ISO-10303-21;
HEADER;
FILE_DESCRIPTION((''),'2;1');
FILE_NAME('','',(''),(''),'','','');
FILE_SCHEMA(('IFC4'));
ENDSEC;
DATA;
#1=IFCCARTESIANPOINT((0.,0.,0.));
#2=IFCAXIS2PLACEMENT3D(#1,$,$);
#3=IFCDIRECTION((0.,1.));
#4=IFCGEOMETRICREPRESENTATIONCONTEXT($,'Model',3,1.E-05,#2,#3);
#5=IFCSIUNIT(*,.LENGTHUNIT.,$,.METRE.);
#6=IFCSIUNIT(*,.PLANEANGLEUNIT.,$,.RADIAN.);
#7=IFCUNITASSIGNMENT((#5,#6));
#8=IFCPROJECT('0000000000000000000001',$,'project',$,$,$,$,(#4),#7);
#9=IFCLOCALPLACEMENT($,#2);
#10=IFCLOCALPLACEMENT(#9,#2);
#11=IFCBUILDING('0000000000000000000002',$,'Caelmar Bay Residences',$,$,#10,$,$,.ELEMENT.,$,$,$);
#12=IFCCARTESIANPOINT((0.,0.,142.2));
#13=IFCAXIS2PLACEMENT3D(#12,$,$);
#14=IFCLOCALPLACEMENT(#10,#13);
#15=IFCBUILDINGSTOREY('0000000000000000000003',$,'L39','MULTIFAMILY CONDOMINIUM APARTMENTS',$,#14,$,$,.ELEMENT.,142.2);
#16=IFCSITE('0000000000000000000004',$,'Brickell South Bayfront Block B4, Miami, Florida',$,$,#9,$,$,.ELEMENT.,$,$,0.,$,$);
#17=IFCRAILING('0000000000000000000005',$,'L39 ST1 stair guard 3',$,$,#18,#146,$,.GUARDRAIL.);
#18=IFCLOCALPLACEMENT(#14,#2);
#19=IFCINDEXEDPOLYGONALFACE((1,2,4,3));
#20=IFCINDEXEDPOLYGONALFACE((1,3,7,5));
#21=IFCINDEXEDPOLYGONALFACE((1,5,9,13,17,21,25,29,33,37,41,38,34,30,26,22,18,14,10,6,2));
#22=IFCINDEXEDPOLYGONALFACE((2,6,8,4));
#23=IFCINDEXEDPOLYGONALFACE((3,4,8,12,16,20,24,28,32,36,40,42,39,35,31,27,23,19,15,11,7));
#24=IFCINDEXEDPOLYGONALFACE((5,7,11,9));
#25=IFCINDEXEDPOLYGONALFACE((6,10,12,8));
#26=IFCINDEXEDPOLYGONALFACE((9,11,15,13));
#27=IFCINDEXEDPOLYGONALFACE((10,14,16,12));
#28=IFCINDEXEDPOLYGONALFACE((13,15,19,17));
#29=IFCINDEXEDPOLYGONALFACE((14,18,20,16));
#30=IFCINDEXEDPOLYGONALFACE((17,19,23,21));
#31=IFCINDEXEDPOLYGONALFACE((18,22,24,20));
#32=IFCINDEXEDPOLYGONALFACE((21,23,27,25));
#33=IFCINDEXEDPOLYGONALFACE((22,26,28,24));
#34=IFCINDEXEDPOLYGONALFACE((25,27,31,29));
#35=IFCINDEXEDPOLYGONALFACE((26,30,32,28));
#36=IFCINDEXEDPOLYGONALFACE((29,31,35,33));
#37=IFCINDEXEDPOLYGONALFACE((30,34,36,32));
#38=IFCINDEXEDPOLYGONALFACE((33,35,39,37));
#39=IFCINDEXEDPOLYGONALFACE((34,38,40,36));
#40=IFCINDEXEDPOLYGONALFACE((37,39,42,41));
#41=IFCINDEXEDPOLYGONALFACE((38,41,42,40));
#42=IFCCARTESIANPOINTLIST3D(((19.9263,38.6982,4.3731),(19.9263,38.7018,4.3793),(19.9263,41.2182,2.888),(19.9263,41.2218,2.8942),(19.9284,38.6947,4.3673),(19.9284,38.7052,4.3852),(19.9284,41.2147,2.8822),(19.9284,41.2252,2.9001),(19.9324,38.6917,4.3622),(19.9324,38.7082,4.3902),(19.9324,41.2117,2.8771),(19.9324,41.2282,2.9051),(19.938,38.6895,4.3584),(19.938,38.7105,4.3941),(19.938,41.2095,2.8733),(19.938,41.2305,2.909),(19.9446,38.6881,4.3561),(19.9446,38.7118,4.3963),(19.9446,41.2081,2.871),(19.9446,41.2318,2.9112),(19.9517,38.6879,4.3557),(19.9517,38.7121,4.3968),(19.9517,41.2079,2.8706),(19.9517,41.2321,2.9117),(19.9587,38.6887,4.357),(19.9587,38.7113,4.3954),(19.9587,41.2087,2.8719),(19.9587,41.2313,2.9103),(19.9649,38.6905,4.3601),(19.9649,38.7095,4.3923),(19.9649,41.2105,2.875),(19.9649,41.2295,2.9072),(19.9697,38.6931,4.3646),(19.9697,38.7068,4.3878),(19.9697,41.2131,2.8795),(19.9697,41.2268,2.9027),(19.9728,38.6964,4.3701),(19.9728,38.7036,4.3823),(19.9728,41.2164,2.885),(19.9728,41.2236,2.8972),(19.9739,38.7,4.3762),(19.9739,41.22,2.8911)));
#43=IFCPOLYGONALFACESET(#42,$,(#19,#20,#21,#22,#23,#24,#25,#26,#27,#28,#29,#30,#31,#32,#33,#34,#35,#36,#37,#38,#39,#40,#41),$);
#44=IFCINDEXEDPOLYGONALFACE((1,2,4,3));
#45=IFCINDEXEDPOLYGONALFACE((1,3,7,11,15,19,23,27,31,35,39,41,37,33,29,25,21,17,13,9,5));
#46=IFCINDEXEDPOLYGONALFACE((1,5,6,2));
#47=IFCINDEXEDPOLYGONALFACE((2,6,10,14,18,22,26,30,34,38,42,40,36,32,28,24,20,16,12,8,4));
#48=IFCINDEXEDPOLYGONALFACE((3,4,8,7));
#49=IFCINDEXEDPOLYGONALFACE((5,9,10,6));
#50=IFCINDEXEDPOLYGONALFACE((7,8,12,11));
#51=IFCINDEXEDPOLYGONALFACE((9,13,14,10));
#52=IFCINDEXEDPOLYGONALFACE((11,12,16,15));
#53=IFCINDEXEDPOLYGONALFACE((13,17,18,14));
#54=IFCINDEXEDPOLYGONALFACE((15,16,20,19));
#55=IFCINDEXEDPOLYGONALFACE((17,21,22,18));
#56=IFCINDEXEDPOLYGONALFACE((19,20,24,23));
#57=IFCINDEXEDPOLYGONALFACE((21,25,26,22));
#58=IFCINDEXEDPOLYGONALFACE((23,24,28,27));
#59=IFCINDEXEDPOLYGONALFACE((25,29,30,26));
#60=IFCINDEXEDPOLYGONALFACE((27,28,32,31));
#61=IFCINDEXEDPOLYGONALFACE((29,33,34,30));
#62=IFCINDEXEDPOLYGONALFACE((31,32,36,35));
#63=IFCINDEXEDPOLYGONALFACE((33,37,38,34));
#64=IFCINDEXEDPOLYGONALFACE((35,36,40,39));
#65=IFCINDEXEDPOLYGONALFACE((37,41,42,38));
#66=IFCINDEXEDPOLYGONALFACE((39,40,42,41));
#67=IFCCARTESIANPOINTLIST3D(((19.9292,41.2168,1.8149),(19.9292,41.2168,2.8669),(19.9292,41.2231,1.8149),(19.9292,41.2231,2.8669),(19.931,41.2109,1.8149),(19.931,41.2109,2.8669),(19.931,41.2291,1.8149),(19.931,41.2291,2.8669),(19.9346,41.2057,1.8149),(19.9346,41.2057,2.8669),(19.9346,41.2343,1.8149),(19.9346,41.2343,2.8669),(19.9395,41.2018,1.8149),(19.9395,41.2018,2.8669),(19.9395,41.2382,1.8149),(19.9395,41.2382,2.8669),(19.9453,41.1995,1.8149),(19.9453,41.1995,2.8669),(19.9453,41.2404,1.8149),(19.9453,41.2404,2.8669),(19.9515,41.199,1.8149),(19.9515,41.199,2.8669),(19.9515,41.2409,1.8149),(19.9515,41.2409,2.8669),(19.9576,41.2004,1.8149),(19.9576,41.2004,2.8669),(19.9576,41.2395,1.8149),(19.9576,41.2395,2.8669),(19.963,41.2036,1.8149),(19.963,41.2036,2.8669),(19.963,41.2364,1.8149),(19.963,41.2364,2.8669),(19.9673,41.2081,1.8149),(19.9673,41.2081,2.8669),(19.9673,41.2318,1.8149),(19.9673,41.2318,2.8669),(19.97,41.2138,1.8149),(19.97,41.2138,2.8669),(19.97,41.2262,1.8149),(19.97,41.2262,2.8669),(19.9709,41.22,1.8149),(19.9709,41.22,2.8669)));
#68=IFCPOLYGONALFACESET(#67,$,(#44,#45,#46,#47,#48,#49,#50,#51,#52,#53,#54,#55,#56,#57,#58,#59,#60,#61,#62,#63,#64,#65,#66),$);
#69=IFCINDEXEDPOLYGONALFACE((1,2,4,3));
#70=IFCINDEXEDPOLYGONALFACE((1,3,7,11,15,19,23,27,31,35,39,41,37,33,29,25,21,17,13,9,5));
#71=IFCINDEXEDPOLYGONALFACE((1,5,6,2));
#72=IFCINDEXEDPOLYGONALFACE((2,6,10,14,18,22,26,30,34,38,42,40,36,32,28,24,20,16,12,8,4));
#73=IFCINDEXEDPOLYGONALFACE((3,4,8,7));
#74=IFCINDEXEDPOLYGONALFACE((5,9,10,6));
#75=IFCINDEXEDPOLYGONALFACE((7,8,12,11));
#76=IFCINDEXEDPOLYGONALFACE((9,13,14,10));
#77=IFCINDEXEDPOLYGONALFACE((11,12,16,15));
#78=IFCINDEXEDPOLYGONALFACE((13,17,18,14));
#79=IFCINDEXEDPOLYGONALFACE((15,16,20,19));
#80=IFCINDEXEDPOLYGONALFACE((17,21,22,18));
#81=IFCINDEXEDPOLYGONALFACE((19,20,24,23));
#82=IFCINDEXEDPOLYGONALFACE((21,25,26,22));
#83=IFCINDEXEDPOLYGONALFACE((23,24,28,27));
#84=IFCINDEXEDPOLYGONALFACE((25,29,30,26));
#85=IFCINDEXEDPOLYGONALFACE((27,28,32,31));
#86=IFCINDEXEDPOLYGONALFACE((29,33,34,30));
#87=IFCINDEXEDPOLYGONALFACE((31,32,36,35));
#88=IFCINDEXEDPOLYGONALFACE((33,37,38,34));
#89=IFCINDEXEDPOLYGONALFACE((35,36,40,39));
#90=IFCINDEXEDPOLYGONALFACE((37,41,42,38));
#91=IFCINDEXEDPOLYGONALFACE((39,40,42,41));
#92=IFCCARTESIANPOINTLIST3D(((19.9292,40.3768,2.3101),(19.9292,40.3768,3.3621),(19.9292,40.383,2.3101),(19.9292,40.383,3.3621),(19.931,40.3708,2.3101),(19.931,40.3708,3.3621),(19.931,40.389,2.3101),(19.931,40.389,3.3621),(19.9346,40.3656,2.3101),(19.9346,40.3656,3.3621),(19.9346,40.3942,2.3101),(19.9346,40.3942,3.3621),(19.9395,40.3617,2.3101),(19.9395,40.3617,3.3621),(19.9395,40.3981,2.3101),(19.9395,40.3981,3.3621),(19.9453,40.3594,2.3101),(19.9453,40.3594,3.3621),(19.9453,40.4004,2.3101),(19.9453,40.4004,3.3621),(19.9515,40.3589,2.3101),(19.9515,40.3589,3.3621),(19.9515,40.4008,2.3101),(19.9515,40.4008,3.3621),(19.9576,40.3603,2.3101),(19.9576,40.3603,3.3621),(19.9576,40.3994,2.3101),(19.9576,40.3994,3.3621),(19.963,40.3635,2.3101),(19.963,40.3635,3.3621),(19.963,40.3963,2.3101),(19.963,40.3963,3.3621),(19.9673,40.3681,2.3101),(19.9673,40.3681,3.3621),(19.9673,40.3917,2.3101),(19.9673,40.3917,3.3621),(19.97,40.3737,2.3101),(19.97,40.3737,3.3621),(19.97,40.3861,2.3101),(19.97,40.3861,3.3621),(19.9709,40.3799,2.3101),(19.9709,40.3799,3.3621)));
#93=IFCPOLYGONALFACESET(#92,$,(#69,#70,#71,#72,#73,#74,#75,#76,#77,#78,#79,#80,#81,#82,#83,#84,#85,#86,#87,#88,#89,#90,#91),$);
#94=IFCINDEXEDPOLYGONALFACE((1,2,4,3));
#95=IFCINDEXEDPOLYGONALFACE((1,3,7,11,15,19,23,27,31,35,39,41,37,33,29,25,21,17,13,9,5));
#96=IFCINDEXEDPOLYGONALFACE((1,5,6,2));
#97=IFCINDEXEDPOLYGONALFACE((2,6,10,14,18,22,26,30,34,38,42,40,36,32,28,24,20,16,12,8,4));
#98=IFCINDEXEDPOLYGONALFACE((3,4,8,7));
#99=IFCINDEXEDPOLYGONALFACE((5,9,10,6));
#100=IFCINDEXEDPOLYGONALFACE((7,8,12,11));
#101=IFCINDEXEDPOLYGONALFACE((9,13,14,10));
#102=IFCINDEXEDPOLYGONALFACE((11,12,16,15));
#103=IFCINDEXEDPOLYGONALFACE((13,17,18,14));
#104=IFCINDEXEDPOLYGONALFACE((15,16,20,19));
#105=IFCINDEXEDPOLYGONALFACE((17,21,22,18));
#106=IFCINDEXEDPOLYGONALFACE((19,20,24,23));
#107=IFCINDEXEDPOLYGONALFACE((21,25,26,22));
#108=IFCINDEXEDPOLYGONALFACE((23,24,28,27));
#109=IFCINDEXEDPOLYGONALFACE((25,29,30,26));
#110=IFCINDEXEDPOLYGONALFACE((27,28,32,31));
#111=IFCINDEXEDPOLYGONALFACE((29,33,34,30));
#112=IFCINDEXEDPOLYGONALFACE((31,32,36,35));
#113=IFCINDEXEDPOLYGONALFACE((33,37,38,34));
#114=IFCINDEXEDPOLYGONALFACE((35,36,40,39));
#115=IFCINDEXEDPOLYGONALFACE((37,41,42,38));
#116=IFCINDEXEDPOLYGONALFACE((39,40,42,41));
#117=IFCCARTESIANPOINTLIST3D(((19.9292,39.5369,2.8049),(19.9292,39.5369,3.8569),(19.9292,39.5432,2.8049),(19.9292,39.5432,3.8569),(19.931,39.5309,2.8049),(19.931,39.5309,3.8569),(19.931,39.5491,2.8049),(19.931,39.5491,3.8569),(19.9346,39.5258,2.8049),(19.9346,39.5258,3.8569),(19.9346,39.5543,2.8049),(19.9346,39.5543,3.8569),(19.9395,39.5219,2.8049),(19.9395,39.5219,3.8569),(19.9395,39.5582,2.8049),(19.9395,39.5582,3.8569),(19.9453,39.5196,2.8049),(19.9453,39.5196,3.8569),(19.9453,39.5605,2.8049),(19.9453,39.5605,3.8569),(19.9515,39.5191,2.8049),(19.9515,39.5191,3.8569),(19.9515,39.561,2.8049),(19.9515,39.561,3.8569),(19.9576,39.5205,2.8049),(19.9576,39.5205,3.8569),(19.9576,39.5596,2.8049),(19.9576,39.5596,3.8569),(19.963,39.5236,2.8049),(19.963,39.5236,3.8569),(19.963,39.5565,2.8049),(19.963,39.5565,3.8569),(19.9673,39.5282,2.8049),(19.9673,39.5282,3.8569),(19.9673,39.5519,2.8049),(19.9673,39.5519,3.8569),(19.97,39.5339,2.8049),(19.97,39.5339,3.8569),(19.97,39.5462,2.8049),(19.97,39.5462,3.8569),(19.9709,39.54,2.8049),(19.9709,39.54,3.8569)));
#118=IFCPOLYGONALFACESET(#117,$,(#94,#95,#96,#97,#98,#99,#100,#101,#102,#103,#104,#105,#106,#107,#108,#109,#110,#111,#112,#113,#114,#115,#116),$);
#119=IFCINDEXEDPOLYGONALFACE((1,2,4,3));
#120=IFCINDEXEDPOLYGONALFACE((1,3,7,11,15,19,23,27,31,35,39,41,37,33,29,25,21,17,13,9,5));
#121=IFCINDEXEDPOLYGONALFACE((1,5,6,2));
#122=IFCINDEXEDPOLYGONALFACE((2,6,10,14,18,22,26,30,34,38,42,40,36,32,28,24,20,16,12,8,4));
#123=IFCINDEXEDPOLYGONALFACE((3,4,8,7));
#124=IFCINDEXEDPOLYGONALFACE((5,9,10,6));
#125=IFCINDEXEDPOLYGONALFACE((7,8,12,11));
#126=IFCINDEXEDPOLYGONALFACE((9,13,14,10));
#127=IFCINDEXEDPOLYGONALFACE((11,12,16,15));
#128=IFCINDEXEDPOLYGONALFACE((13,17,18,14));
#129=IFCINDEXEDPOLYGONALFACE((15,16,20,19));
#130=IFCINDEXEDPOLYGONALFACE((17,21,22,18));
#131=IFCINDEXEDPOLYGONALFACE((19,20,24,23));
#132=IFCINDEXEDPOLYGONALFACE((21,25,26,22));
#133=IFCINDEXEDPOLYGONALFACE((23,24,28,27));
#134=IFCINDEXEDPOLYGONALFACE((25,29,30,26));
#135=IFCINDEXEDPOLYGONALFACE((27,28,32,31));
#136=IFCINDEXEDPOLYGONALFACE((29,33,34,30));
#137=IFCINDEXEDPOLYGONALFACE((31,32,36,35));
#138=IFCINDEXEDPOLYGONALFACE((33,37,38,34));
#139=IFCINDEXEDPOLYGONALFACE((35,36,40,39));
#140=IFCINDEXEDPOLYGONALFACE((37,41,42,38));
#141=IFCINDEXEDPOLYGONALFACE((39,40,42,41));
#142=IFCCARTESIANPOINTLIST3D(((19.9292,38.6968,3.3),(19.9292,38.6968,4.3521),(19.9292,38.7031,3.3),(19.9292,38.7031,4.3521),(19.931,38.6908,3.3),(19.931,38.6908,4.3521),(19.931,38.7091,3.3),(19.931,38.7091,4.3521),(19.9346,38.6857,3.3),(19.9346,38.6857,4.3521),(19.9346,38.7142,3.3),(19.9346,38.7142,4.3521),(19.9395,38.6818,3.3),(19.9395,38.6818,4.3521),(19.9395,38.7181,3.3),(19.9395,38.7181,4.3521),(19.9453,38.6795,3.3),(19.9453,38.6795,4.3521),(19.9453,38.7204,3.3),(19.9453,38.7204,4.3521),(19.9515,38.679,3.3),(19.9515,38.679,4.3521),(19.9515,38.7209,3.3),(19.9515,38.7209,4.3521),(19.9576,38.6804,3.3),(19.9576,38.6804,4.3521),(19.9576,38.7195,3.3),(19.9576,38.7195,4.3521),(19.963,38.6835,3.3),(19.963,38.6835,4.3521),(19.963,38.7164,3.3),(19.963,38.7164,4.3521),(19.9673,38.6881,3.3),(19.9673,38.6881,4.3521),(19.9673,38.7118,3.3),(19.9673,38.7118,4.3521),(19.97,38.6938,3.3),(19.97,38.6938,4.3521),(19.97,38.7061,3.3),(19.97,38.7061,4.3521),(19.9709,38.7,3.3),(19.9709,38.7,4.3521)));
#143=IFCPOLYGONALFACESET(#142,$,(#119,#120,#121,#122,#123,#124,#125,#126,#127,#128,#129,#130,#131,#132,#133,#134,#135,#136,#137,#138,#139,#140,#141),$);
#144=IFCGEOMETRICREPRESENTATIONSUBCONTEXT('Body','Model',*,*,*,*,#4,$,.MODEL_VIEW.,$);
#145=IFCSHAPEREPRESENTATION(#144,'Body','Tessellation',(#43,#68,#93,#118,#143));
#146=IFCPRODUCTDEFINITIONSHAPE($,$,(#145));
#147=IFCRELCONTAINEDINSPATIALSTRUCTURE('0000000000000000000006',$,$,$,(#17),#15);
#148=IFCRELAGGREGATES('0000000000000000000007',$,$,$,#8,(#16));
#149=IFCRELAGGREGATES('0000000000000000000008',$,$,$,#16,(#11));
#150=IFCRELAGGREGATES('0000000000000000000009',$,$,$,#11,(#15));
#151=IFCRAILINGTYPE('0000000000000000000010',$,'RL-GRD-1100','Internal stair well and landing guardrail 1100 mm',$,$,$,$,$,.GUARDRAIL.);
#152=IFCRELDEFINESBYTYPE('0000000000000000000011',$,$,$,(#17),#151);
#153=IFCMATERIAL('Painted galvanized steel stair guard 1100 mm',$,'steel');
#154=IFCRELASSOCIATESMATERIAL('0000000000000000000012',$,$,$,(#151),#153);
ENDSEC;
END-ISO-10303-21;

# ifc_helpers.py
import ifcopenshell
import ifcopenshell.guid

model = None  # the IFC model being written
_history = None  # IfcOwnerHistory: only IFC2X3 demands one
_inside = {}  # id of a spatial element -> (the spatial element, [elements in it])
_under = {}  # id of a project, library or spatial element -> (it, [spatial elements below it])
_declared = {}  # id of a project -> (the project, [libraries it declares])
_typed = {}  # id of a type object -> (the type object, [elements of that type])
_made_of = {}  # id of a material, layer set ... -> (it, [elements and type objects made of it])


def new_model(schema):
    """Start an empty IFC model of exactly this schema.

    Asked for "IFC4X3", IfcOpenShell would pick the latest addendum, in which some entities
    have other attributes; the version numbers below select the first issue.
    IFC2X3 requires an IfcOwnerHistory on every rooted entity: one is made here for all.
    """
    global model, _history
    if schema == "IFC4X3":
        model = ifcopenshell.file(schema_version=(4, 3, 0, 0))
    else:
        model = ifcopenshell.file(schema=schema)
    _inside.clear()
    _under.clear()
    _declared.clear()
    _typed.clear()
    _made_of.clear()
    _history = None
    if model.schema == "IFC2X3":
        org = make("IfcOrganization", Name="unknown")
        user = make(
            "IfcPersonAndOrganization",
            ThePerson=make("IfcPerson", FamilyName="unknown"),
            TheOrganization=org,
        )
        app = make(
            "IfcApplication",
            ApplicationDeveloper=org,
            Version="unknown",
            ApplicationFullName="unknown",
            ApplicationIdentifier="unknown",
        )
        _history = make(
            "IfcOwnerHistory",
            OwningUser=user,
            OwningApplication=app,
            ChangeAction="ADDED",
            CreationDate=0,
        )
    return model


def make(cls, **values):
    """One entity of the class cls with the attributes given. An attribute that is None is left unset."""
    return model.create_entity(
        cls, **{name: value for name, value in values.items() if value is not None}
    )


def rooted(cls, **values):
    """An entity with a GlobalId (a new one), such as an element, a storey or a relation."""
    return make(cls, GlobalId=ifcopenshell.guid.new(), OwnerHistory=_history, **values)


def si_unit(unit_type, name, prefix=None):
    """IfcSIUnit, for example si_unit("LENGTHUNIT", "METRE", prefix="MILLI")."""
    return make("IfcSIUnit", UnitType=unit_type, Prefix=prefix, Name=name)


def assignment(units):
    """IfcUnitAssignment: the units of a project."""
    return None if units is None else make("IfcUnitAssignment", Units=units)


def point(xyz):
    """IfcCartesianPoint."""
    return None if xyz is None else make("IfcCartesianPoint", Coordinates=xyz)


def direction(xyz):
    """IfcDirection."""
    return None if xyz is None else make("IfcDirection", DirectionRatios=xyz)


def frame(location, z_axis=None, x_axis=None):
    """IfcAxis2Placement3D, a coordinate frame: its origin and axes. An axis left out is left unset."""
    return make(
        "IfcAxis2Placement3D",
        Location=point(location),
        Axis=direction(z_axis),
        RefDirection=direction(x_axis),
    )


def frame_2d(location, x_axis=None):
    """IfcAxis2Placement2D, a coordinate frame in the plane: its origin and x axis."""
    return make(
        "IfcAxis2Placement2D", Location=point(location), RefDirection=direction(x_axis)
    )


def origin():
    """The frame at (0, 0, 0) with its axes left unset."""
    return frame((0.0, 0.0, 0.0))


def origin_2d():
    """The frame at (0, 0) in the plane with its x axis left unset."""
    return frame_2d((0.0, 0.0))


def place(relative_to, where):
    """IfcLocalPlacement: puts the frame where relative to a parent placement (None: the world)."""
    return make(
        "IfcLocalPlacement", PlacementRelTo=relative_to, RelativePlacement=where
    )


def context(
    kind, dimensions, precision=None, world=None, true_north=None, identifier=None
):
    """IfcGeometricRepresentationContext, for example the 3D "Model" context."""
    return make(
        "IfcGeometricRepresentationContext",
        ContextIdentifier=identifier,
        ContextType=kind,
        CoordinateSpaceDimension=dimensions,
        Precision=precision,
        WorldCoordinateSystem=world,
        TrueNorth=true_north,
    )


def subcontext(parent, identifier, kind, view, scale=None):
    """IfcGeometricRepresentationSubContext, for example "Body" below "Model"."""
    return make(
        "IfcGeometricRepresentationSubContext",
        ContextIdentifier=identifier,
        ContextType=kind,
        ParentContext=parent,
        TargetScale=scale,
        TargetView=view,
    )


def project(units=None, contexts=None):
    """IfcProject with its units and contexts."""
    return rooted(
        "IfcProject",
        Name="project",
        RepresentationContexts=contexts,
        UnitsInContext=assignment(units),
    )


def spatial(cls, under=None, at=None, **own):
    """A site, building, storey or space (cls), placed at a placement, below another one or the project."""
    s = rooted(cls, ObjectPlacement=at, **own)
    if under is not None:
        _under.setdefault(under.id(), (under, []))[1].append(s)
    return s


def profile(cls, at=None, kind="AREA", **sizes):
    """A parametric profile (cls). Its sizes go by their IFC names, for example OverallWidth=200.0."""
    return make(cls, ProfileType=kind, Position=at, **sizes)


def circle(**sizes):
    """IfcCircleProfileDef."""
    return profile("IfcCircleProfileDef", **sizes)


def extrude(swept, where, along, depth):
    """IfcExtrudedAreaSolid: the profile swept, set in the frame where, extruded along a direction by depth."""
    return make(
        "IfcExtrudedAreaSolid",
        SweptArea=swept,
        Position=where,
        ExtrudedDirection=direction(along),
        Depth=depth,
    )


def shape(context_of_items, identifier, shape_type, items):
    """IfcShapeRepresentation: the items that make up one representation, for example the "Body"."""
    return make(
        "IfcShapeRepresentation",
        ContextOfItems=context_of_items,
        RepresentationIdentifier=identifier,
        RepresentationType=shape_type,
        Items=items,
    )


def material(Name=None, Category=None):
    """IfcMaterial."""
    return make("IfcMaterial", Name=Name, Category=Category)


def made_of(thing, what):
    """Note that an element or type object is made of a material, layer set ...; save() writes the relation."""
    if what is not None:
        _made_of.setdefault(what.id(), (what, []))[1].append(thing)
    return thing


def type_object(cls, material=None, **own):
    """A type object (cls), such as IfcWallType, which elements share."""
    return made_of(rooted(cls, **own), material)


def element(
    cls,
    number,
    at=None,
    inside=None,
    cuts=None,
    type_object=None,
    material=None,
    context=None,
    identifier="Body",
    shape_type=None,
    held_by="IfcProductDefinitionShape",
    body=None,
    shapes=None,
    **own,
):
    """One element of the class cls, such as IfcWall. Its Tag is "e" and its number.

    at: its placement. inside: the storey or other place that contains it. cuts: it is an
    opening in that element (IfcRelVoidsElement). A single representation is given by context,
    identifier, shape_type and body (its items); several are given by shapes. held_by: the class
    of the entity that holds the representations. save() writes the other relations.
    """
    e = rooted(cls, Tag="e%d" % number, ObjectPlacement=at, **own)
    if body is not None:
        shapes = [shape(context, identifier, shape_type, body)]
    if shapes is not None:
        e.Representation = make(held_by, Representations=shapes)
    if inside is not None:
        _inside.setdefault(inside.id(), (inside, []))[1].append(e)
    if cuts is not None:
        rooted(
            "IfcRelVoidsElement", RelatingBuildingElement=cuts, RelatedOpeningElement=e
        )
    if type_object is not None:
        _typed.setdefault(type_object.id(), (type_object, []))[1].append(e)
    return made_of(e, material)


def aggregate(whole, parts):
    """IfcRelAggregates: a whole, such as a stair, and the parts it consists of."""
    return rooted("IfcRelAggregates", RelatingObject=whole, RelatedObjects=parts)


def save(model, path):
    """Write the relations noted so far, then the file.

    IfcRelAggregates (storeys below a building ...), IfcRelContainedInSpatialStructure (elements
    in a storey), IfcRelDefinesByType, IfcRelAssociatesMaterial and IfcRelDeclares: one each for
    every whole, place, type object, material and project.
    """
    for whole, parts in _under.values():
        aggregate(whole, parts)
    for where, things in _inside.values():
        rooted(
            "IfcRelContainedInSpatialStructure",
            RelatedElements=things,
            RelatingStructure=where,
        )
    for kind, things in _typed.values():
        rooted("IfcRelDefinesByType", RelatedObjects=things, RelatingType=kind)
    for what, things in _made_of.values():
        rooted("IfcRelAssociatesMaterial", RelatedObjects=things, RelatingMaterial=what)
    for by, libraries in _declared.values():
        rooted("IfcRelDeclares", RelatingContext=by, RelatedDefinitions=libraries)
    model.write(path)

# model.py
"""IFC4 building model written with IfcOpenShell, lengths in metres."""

from ifc_helpers import new_model, si_unit, direction, frame, origin, origin_2d, place, context, subcontext, project, spatial, circle, extrude, material, type_object, element, save


model = new_model("IFC4")

# Units and contexts
model_context = context("Model", 3, precision=1e-05, world=origin(), true_north=direction((0.0, 1.0)))
body_context = subcontext(model_context, "Body", "Model", "MODEL_VIEW")
ifc_project = project(units=[si_unit("LENGTHUNIT", "METRE"), si_unit("PLANEANGLEUNIT", "RADIAN")], contexts=[model_context])

# Site, building, storey
site_placement = place(None, origin())
site = spatial("IfcSite", under=ifc_project, at=site_placement, Name="Brickell South Bayfront Block B4, Miami, Florida", CompositionType="ELEMENT", RefElevation=0.0)
building_placement = place(site_placement, origin())
building = spatial("IfcBuilding", under=site, at=building_placement, Name="Caelmar Bay Residences", CompositionType="ELEMENT")
storey_placement = place(building_placement, frame((0.0, 0.0, 142.2)))
storey = spatial("IfcBuildingStorey", under=building, at=storey_placement, Name="L39", Description="MULTIFAMILY CONDOMINIUM APARTMENTS", CompositionType="ELEMENT", Elevation=142.2)

# Railing
ifc_material_1 = material(Name="Painted galvanized steel stair guard 1100 mm", Category="steel")
railing_type = type_object("IfcRailingType", Name="RL-GRD-1100", Description="Internal stair well and landing guardrail 1100 mm", PredefinedType="GUARDRAIL", material=ifc_material_1)
railing_1_placement = place(storey_placement, frame((19.95, 41.22, 1.8149)))
element("IfcRailing", 1, at=railing_1_placement, inside=storey, type_object=railing_type, Name="L39 ST1 stair guard 3", PredefinedType="GUARDRAIL", context=body_context, shape_type="SweptSolid", body=[
    extrude(circle(Radius=0.0239, at=origin_2d()), frame((0.0, 0.0, 1.0762), z_axis=(0.0, -0.861524, 0.507717), x_axis=(1.0, 0.0, 0.0)), (0.0, 0.0, 1.0), 2.925),
    extrude(circle(Radius=0.021, at=origin_2d()), origin(), (0.0, 0.0, 1.0), 1.052),
    extrude(circle(Radius=0.021, at=origin_2d()), frame((0.0, -0.8401, 0.4951)), (0.0, 0.0, 1.0), 1.052),
    extrude(circle(Radius=0.021, at=origin_2d()), frame((0.0, -1.6799, 0.99)), (0.0, 0.0, 1.0), 1.052),
    extrude(circle(Radius=0.021, at=origin_2d()), frame((0.0, -2.52, 1.4851)), (0.0, 0.0, 1.0), 1.052),
])

save(model, "model.ifc")
